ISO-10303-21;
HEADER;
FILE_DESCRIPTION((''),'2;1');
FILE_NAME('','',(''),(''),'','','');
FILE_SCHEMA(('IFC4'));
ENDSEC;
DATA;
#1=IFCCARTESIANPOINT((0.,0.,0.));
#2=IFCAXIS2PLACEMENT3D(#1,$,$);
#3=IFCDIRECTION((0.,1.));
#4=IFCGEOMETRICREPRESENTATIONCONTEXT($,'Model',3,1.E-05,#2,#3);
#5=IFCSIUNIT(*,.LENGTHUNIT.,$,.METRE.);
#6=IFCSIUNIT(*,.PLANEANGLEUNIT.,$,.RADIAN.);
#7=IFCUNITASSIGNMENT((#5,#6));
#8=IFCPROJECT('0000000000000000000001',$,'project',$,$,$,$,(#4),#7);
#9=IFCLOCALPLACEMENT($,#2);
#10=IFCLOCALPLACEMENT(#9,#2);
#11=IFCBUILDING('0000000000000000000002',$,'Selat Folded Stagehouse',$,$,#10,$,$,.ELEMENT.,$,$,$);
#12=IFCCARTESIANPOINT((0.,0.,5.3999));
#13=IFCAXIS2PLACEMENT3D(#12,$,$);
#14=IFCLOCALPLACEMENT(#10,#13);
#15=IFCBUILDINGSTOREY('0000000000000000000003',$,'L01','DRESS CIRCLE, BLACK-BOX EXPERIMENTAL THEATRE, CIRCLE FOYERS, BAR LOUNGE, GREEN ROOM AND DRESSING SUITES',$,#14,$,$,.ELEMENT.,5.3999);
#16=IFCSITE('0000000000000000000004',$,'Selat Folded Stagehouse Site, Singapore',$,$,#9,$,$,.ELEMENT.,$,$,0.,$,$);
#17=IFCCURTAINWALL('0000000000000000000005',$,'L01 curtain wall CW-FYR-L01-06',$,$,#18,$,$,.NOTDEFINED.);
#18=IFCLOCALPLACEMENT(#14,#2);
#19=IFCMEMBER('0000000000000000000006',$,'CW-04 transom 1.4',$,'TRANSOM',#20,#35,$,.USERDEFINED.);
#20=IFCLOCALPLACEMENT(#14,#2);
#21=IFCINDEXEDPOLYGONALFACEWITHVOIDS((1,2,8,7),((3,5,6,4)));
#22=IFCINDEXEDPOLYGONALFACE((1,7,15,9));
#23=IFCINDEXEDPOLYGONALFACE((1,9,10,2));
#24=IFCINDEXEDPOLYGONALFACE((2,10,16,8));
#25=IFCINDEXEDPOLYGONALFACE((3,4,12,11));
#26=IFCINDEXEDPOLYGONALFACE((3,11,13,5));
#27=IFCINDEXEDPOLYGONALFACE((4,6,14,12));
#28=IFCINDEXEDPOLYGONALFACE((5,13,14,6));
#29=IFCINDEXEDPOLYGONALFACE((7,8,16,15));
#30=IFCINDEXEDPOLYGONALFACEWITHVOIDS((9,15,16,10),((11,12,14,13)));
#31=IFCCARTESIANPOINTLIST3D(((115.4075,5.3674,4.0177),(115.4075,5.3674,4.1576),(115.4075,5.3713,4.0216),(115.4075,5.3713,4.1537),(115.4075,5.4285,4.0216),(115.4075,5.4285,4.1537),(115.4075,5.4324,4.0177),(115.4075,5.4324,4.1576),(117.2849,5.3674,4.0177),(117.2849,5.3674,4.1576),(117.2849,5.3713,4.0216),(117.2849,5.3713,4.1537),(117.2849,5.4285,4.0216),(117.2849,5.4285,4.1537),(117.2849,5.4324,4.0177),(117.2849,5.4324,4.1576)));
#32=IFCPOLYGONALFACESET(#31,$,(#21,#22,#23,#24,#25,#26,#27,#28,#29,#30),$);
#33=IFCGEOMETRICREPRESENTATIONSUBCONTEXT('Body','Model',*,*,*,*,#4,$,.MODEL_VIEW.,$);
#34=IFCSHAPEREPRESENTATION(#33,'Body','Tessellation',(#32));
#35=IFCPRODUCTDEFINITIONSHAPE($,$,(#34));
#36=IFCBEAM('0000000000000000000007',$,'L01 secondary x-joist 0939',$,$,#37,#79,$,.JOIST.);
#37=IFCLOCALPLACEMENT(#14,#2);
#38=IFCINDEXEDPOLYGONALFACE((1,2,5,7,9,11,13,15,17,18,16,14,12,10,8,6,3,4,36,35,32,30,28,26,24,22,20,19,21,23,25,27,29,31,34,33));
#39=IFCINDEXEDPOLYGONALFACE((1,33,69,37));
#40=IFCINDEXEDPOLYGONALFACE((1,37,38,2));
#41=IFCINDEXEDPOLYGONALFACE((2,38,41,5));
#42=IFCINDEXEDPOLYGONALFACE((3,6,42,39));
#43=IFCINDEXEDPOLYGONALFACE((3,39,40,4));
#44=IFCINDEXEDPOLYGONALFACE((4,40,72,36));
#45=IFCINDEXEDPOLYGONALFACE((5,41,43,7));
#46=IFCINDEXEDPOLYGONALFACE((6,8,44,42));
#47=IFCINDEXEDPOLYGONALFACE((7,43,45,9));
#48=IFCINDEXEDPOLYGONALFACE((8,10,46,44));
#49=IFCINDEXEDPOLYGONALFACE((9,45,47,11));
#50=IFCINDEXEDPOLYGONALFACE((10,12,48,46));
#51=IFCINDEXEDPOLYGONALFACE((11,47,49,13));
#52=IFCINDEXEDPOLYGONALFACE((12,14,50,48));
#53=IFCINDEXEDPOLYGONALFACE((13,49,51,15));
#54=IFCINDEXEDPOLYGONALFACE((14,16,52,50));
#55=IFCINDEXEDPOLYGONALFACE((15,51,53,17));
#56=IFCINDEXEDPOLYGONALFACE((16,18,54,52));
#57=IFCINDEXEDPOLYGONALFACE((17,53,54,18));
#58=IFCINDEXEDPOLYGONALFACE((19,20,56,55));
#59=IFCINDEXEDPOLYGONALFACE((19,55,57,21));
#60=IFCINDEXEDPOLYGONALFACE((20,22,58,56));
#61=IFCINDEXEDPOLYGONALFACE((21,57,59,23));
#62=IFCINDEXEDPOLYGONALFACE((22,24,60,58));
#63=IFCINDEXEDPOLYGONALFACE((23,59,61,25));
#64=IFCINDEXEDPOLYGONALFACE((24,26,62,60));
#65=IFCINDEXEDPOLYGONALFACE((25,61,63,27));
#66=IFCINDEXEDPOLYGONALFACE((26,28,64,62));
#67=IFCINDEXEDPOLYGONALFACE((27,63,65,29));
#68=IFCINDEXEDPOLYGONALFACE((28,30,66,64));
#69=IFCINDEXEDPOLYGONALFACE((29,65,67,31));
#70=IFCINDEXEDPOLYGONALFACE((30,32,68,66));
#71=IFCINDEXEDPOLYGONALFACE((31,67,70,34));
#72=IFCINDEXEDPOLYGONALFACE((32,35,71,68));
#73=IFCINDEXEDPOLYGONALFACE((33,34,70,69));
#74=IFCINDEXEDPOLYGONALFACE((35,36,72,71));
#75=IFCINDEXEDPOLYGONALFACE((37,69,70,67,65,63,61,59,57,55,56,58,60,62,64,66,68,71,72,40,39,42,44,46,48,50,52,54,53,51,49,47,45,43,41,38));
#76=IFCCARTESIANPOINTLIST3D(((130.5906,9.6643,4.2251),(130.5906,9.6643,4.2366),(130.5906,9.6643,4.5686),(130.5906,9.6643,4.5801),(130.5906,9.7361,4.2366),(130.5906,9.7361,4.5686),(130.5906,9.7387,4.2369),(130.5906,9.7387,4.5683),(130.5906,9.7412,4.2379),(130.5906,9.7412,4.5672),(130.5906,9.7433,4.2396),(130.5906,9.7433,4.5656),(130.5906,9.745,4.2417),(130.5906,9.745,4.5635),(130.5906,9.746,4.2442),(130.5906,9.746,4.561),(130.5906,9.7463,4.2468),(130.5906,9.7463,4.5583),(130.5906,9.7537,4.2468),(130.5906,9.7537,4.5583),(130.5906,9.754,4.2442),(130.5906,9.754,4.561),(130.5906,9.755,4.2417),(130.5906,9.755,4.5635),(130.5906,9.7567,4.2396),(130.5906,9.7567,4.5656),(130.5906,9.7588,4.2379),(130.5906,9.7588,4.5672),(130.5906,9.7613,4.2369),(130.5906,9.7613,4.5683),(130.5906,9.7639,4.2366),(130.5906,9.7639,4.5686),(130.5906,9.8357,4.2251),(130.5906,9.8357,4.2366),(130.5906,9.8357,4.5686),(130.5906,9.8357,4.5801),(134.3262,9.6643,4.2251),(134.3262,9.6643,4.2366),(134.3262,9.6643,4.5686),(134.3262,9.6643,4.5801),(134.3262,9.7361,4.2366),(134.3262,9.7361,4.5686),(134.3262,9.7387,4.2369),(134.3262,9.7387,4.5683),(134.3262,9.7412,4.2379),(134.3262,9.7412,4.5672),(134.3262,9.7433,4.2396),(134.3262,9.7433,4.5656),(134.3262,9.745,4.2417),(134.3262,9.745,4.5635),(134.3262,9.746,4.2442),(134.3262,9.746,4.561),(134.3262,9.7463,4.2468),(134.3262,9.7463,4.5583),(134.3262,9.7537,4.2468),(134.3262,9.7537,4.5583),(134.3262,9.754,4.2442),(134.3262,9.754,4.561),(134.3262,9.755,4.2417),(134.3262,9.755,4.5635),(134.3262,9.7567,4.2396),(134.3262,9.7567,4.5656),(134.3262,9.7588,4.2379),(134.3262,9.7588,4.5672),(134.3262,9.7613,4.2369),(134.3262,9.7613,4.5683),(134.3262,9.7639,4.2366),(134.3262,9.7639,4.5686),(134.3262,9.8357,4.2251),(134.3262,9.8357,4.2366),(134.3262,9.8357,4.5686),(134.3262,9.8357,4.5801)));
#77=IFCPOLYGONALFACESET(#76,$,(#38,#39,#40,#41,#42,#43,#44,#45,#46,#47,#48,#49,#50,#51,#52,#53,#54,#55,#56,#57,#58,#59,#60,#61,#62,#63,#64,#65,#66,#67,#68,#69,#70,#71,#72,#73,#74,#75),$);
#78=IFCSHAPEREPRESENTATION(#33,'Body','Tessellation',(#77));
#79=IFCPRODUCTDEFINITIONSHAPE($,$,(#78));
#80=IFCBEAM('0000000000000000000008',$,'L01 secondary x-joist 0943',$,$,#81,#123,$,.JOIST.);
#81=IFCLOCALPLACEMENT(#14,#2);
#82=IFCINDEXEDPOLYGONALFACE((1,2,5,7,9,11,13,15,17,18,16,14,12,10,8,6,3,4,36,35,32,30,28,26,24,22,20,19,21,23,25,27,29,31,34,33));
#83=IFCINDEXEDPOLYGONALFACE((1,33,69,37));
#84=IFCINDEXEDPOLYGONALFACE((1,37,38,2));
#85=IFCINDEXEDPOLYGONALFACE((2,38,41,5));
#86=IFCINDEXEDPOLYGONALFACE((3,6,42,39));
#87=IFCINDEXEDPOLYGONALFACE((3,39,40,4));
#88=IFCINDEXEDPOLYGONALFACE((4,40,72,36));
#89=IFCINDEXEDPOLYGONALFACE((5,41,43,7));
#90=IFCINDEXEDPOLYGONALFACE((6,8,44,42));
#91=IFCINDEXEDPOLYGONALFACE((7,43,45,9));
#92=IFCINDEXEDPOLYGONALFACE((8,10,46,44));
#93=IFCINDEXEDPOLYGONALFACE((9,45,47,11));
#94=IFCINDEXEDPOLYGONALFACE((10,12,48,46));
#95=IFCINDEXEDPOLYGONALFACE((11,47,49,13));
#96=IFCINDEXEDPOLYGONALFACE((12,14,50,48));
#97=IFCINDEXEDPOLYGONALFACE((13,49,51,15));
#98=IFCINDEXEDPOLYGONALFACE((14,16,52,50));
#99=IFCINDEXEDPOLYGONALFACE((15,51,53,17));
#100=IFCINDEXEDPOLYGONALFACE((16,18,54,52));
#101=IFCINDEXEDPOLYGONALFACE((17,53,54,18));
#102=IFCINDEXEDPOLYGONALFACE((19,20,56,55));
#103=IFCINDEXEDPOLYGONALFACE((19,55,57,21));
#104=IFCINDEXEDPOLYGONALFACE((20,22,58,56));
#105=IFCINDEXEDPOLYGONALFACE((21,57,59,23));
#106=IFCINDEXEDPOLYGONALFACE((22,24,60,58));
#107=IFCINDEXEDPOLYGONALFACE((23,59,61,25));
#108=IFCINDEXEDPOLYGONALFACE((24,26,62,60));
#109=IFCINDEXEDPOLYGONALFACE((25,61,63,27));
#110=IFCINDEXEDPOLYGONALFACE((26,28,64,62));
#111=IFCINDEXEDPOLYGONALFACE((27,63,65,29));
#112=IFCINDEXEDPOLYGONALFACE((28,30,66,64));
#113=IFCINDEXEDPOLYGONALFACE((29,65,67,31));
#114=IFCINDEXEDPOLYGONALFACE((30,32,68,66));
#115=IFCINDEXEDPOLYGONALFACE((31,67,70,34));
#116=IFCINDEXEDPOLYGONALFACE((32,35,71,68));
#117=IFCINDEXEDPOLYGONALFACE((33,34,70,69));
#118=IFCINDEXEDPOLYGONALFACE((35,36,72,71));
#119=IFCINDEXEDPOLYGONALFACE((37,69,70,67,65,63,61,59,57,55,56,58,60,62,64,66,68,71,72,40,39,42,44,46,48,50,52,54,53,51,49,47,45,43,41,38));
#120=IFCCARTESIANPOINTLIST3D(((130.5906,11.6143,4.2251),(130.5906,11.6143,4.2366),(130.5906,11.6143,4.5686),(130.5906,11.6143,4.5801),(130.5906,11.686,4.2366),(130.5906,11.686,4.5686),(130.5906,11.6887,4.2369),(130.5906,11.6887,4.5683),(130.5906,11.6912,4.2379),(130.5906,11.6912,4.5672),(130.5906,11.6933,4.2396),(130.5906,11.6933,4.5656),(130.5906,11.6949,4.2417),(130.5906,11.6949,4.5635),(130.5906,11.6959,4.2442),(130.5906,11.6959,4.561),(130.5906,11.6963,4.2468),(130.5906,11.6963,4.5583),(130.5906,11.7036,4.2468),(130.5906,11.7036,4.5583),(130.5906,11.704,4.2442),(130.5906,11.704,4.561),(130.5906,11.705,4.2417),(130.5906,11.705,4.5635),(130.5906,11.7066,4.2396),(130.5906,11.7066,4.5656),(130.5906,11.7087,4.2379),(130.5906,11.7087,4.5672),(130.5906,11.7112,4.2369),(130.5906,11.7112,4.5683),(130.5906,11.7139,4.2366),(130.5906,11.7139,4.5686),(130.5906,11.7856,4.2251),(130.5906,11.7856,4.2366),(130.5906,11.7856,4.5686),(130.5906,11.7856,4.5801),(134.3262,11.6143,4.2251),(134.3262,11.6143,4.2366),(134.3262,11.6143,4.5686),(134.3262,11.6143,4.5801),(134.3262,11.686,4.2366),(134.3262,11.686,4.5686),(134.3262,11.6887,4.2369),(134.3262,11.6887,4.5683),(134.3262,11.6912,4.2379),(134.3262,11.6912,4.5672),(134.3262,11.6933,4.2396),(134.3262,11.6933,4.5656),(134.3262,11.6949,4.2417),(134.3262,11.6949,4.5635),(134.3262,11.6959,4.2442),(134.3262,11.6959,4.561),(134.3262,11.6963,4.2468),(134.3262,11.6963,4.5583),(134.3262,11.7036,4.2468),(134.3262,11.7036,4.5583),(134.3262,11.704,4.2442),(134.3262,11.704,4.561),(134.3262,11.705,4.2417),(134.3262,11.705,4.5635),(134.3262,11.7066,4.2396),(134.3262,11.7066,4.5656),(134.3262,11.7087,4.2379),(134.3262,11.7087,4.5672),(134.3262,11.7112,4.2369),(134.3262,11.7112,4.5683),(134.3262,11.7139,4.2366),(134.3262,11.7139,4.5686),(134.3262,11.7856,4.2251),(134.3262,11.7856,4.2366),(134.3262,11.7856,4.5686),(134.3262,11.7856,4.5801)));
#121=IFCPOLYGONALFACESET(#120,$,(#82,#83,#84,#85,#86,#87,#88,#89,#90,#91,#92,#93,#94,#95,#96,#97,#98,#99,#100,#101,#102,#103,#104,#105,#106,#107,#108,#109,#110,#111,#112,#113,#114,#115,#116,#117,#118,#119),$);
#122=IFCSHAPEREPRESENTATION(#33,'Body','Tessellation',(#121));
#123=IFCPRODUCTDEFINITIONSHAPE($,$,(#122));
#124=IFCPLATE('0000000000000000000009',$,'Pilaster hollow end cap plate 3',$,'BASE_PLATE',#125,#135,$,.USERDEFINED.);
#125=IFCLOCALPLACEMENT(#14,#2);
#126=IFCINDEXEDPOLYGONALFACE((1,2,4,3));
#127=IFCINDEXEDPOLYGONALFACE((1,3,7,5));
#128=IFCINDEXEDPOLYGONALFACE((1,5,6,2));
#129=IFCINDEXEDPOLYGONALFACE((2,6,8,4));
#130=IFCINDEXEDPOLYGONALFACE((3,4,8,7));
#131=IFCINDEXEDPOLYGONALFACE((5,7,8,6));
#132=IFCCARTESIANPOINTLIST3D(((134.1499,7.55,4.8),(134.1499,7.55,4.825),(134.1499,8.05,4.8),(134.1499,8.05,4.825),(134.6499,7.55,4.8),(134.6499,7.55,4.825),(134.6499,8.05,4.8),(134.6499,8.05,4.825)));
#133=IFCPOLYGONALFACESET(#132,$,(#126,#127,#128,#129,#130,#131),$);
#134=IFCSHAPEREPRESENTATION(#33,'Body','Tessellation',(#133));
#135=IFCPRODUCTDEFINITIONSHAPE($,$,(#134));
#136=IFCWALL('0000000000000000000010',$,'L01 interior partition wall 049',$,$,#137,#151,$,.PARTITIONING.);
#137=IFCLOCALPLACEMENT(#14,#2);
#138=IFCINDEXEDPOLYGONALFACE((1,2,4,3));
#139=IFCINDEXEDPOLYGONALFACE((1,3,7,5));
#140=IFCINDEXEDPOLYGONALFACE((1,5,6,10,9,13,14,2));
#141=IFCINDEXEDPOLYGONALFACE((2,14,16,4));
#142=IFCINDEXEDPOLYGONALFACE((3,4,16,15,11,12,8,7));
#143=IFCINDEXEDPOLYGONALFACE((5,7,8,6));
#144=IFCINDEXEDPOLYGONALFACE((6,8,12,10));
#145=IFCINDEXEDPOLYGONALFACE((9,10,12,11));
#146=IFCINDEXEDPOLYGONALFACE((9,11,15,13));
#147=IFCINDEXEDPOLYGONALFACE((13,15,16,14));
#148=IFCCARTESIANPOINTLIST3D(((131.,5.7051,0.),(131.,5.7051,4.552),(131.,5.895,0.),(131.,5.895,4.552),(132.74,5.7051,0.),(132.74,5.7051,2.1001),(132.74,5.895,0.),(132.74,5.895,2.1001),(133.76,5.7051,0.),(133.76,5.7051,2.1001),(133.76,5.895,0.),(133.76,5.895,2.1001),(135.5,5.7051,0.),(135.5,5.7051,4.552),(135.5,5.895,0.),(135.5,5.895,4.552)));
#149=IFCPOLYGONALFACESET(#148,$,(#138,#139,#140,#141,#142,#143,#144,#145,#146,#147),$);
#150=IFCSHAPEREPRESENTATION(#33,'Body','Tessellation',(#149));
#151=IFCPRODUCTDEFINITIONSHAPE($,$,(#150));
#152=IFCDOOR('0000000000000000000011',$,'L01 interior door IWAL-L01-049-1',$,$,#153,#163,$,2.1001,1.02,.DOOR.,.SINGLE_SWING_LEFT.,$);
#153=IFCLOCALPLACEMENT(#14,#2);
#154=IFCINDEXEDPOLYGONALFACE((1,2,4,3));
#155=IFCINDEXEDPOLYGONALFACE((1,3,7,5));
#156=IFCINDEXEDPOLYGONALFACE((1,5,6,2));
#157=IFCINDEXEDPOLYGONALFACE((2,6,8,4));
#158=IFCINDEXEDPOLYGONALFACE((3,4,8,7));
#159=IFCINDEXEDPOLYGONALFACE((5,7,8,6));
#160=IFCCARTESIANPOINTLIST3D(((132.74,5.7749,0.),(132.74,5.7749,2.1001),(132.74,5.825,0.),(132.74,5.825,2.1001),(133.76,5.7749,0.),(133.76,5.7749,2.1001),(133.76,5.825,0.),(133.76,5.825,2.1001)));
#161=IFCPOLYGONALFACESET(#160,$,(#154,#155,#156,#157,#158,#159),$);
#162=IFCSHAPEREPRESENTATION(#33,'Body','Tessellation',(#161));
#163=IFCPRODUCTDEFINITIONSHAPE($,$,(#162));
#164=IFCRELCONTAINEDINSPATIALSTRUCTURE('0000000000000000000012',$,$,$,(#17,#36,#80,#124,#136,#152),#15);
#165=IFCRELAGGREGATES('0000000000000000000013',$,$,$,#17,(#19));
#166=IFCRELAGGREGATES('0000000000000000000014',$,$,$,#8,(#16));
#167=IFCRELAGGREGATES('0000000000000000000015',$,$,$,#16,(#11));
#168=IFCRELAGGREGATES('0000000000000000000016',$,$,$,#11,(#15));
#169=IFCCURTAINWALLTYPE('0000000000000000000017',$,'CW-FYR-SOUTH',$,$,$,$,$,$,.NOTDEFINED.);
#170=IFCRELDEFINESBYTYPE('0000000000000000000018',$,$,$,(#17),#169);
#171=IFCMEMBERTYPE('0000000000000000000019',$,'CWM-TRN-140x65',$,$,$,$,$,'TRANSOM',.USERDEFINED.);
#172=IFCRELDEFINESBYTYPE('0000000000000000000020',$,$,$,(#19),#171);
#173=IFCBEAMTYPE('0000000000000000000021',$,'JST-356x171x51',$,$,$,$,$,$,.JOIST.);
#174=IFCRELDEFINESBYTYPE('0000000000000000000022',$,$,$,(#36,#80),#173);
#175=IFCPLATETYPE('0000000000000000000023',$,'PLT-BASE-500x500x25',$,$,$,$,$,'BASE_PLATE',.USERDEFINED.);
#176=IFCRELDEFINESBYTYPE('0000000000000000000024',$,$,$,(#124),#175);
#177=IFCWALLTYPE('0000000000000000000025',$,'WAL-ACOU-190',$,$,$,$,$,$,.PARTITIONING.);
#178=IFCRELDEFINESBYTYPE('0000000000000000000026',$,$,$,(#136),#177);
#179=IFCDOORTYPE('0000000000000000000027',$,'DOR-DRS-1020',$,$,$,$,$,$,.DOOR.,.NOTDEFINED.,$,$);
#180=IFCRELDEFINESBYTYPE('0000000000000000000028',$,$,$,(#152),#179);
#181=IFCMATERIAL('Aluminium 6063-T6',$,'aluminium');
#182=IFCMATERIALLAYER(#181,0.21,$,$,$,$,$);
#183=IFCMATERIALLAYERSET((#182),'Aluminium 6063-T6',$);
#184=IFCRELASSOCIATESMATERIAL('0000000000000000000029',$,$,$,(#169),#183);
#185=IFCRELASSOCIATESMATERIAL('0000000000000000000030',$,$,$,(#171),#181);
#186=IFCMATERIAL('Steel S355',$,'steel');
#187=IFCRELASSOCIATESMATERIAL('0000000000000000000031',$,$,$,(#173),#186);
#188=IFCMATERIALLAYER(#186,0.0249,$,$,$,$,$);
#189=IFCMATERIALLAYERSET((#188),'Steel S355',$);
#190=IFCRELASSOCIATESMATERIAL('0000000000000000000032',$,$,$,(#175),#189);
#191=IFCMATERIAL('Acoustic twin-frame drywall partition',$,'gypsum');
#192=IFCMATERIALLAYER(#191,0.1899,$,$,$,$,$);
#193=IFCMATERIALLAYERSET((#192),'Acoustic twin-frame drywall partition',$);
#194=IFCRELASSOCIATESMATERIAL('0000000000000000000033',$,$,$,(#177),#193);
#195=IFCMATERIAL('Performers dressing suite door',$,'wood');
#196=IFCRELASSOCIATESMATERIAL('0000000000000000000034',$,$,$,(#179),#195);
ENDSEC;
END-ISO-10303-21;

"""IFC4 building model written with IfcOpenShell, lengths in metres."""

from ifc_helpers import new_model, si_unit, direction, frame, frame_2d, origin, origin_2d, place, context, subcontext, project, spatial, rectangle, hollow_rectangle, i_section, extrude, material, layer, layer_set, material_profile, profile_set, type_object, element, fill, aggregate, save


model = new_model("IFC4")

# Units and contexts
model_context = context("Model", 3, precision=1e-05, world=origin(), true_north=direction((0.0, 1.0)))
body_context = subcontext(model_context, "Body", "Model", "MODEL_VIEW")
ifc_project = project(units=[si_unit("LENGTHUNIT", "METRE"), si_unit("PLANEANGLEUNIT", "RADIAN")], contexts=[model_context])

# Site, building, storey
site_placement = place(None, origin())
site = spatial("IfcSite", under=ifc_project, at=site_placement, Name="Selat Folded Stagehouse Site, Singapore", CompositionType="ELEMENT", RefElevation=0.0)
building_placement = place(site_placement, origin())
building = spatial("IfcBuilding", under=site, at=building_placement, Name="Selat Folded Stagehouse", CompositionType="ELEMENT")
storey_placement = place(building_placement, frame((0.0, 0.0, 5.3999)))
storey = spatial("IfcBuildingStorey", under=building, at=storey_placement, Name="L01", Description="DRESS CIRCLE, BLACK-BOX EXPERIMENTAL THEATRE, CIRCLE FOYERS, BAR LOUNGE, GREEN ROOM AND DRESSING SUITES", CompositionType="ELEMENT", Elevation=5.3999)

# Shared definitions
ifc_material_1 = material(Name="Steel S355", Category="steel")

# Curtain wall, member
ifc_material_2 = material(Name="Aluminium 6063-T6", Category="aluminium")
ifc_layer_1 = layer(ifc_material_2, 0.21)
ifc_layer_set_1 = layer_set([ifc_layer_1], Name="Aluminium 6063-T6")
curtain_wall_type = type_object("IfcCurtainWallType", Name="CW-FYR-SOUTH", PredefinedType="NOTDEFINED", material=ifc_layer_set_1)
curtain_wall_placement = place(storey_placement, origin())
curtain_wall = element("IfcCurtainWall", 1, at=curtain_wall_placement, inside=storey, type_object=curtain_wall_type, Name="L01 curtain wall CW-FYR-L01-06", PredefinedType="NOTDEFINED")
ifc_material_profile_1 = material_profile(ifc_material_2, hollow_rectangle(XDim=0.0649, YDim=0.1399, WallThickness=0.0039, at=origin_2d()), Name="ALU 140x65x4.0")
ifc_profile_set_1 = profile_set([ifc_material_profile_1], Name="Aluminium 6063-T6")
member_type_1 = type_object("IfcMemberType", Name="CWM-TRN-140x65", ElementType="TRANSOM", PredefinedType="USERDEFINED", material=ifc_profile_set_1)
member_1_placement = place(storey_placement, frame((117.2849, 5.3999, 4.0876), z_axis=(-1.0, 0.0, 0.0), x_axis=(0.0, -1.0, 0.0)))
member_1 = element("IfcMember", 2, at=member_1_placement, type_object=member_type_1, Name="CW-04 transom 1.4", ObjectType="TRANSOM", PredefinedType="USERDEFINED", context=body_context, shape_type="SweptSolid", body=[
    extrude(hollow_rectangle(XDim=0.0649, YDim=0.1399, WallThickness=0.0039, at=origin_2d()), origin(), (0.0, 0.0, 1.0), 1.8774),
])
aggregate(curtain_wall, [member_1])

# Beams
ifc_material_profile_2 = material_profile(ifc_material_1, i_section(OverallWidth=0.1714, OverallDepth=0.355, WebThickness=0.0073, FlangeThickness=0.0115, FilletRadius=0.0103, at=origin_2d()), Name="UKB 356x171x51")
ifc_profile_set_2 = profile_set([ifc_material_profile_2], Name="Steel S355")
beam_type_1 = type_object("IfcBeamType", Name="JST-356x171x51", PredefinedType="JOIST", material=ifc_profile_set_2)
for number, where, z_axis, x_axis, name in (
    (3, (130.5906, 9.75, 4.4026), (1.0, 0.0, 0.0), (0.0, 1.0, 0.0), "L01 secondary x-joist 0939"),
    (4, (130.5906, 11.7, 4.4026), (1.0, 0.0, 0.0), (0.0, 1.0, 0.0), "L01 secondary x-joist 0943"),
):
    element("IfcBeam", number, at=place(storey_placement, frame(where, z_axis=z_axis, x_axis=x_axis)), inside=storey, type_object=beam_type_1, Name=name, PredefinedType="JOIST", context=body_context, shape_type="SweptSolid", body=[
        extrude(i_section(OverallWidth=0.1714, OverallDepth=0.355, WebThickness=0.0073, FlangeThickness=0.0115, FilletRadius=0.0103, at=origin_2d()), origin(), (0.0, 0.0, 1.0), 3.7356),
    ])

# Plate
ifc_layer_2 = layer(ifc_material_1, 0.0249)
ifc_layer_set_2 = layer_set([ifc_layer_2], Name="Steel S355")
plate_type = type_object("IfcPlateType", Name="PLT-BASE-500x500x25", ElementType="BASE_PLATE", PredefinedType="USERDEFINED", material=ifc_layer_set_2)
plate_placement = place(storey_placement, frame((134.3999, 7.8, 4.8), z_axis=(0.0, 0.0, 1.0), x_axis=(1.0, 0.0, 0.0)))
element("IfcPlate", 5, at=plate_placement, inside=storey, type_object=plate_type, Name="Pilaster hollow end cap plate 3", ObjectType="BASE_PLATE", PredefinedType="USERDEFINED", context=body_context, shape_type="SweptSolid", body=[
    extrude(rectangle(XDim=0.5, YDim=0.5, at=origin_2d()), origin(), (0.0, 0.0, 1.0), 0.0249),
])

# Wall, opening, door
ifc_material_3 = material(Name="Acoustic twin-frame drywall partition", Category="gypsum")
ifc_layer_3 = layer(ifc_material_3, 0.1899)
ifc_layer_set_3 = layer_set([ifc_layer_3], Name="Acoustic twin-frame drywall partition")
wall_type_1 = type_object("IfcWallType", Name="WAL-ACOU-190", PredefinedType="PARTITIONING", material=ifc_layer_set_3)
wall_1_placement = place(storey_placement, frame((131.0, 5.8, 0.0), z_axis=(0.0, 0.0, 1.0), x_axis=(1.0, 0.0, 0.0)))
wall_1 = element("IfcWall", 6, at=wall_1_placement, inside=storey, type_object=wall_type_1, Name="L01 interior partition wall 049", PredefinedType="PARTITIONING", context=body_context, shape_type="SweptSolid", body=[
    extrude(rectangle(XDim=4.5, YDim=0.1899, at=frame_2d((2.25, 0.0))), origin(), (0.0, 0.0, 1.0), 4.552),
])
opening_1_placement = place(wall_1_placement, frame((1.74, 0.0, 0.0)))
opening_1 = element("IfcOpeningElement", 7, at=opening_1_placement, cuts=wall_1, PredefinedType="OPENING", context=body_context, shape_type="SweptSolid", body=[
    extrude(rectangle(XDim=1.02, YDim=2.1001, at=frame_2d((0.51, 1.05))), frame((0.0, 0.105, 0.0), z_axis=(0.0, -1.0, 0.0), x_axis=(1.0, 0.0, 0.0)), (0.0, 0.0, 1.0), 0.21),
])
ifc_material_4 = material(Name="Performers dressing suite door", Category="wood")
door_type = type_object("IfcDoorType", Name="DOR-DRS-1020", OperationType="NOTDEFINED", PredefinedType="DOOR", material=ifc_material_4)
door_placement = place(opening_1_placement, origin())
door = element("IfcDoor", 8, at=door_placement, inside=storey, type_object=door_type, Name="L01 interior door IWAL-L01-049-1", OperationType="SINGLE_SWING_LEFT", OverallHeight=2.1001, OverallWidth=1.02, PredefinedType="DOOR", context=body_context, shape_type="SweptSolid", body=[
    extrude(rectangle(XDim=1.02, YDim=2.1001, at=frame_2d((0.51, 1.05))), frame((0.0, 0.0249, 0.0), z_axis=(0.0, -1.0, 0.0), x_axis=(1.0, 0.0, 0.0)), (0.0, 0.0, 1.0), 0.05),
])
fill(opening_1, door)

save(model, "model.ifc")
